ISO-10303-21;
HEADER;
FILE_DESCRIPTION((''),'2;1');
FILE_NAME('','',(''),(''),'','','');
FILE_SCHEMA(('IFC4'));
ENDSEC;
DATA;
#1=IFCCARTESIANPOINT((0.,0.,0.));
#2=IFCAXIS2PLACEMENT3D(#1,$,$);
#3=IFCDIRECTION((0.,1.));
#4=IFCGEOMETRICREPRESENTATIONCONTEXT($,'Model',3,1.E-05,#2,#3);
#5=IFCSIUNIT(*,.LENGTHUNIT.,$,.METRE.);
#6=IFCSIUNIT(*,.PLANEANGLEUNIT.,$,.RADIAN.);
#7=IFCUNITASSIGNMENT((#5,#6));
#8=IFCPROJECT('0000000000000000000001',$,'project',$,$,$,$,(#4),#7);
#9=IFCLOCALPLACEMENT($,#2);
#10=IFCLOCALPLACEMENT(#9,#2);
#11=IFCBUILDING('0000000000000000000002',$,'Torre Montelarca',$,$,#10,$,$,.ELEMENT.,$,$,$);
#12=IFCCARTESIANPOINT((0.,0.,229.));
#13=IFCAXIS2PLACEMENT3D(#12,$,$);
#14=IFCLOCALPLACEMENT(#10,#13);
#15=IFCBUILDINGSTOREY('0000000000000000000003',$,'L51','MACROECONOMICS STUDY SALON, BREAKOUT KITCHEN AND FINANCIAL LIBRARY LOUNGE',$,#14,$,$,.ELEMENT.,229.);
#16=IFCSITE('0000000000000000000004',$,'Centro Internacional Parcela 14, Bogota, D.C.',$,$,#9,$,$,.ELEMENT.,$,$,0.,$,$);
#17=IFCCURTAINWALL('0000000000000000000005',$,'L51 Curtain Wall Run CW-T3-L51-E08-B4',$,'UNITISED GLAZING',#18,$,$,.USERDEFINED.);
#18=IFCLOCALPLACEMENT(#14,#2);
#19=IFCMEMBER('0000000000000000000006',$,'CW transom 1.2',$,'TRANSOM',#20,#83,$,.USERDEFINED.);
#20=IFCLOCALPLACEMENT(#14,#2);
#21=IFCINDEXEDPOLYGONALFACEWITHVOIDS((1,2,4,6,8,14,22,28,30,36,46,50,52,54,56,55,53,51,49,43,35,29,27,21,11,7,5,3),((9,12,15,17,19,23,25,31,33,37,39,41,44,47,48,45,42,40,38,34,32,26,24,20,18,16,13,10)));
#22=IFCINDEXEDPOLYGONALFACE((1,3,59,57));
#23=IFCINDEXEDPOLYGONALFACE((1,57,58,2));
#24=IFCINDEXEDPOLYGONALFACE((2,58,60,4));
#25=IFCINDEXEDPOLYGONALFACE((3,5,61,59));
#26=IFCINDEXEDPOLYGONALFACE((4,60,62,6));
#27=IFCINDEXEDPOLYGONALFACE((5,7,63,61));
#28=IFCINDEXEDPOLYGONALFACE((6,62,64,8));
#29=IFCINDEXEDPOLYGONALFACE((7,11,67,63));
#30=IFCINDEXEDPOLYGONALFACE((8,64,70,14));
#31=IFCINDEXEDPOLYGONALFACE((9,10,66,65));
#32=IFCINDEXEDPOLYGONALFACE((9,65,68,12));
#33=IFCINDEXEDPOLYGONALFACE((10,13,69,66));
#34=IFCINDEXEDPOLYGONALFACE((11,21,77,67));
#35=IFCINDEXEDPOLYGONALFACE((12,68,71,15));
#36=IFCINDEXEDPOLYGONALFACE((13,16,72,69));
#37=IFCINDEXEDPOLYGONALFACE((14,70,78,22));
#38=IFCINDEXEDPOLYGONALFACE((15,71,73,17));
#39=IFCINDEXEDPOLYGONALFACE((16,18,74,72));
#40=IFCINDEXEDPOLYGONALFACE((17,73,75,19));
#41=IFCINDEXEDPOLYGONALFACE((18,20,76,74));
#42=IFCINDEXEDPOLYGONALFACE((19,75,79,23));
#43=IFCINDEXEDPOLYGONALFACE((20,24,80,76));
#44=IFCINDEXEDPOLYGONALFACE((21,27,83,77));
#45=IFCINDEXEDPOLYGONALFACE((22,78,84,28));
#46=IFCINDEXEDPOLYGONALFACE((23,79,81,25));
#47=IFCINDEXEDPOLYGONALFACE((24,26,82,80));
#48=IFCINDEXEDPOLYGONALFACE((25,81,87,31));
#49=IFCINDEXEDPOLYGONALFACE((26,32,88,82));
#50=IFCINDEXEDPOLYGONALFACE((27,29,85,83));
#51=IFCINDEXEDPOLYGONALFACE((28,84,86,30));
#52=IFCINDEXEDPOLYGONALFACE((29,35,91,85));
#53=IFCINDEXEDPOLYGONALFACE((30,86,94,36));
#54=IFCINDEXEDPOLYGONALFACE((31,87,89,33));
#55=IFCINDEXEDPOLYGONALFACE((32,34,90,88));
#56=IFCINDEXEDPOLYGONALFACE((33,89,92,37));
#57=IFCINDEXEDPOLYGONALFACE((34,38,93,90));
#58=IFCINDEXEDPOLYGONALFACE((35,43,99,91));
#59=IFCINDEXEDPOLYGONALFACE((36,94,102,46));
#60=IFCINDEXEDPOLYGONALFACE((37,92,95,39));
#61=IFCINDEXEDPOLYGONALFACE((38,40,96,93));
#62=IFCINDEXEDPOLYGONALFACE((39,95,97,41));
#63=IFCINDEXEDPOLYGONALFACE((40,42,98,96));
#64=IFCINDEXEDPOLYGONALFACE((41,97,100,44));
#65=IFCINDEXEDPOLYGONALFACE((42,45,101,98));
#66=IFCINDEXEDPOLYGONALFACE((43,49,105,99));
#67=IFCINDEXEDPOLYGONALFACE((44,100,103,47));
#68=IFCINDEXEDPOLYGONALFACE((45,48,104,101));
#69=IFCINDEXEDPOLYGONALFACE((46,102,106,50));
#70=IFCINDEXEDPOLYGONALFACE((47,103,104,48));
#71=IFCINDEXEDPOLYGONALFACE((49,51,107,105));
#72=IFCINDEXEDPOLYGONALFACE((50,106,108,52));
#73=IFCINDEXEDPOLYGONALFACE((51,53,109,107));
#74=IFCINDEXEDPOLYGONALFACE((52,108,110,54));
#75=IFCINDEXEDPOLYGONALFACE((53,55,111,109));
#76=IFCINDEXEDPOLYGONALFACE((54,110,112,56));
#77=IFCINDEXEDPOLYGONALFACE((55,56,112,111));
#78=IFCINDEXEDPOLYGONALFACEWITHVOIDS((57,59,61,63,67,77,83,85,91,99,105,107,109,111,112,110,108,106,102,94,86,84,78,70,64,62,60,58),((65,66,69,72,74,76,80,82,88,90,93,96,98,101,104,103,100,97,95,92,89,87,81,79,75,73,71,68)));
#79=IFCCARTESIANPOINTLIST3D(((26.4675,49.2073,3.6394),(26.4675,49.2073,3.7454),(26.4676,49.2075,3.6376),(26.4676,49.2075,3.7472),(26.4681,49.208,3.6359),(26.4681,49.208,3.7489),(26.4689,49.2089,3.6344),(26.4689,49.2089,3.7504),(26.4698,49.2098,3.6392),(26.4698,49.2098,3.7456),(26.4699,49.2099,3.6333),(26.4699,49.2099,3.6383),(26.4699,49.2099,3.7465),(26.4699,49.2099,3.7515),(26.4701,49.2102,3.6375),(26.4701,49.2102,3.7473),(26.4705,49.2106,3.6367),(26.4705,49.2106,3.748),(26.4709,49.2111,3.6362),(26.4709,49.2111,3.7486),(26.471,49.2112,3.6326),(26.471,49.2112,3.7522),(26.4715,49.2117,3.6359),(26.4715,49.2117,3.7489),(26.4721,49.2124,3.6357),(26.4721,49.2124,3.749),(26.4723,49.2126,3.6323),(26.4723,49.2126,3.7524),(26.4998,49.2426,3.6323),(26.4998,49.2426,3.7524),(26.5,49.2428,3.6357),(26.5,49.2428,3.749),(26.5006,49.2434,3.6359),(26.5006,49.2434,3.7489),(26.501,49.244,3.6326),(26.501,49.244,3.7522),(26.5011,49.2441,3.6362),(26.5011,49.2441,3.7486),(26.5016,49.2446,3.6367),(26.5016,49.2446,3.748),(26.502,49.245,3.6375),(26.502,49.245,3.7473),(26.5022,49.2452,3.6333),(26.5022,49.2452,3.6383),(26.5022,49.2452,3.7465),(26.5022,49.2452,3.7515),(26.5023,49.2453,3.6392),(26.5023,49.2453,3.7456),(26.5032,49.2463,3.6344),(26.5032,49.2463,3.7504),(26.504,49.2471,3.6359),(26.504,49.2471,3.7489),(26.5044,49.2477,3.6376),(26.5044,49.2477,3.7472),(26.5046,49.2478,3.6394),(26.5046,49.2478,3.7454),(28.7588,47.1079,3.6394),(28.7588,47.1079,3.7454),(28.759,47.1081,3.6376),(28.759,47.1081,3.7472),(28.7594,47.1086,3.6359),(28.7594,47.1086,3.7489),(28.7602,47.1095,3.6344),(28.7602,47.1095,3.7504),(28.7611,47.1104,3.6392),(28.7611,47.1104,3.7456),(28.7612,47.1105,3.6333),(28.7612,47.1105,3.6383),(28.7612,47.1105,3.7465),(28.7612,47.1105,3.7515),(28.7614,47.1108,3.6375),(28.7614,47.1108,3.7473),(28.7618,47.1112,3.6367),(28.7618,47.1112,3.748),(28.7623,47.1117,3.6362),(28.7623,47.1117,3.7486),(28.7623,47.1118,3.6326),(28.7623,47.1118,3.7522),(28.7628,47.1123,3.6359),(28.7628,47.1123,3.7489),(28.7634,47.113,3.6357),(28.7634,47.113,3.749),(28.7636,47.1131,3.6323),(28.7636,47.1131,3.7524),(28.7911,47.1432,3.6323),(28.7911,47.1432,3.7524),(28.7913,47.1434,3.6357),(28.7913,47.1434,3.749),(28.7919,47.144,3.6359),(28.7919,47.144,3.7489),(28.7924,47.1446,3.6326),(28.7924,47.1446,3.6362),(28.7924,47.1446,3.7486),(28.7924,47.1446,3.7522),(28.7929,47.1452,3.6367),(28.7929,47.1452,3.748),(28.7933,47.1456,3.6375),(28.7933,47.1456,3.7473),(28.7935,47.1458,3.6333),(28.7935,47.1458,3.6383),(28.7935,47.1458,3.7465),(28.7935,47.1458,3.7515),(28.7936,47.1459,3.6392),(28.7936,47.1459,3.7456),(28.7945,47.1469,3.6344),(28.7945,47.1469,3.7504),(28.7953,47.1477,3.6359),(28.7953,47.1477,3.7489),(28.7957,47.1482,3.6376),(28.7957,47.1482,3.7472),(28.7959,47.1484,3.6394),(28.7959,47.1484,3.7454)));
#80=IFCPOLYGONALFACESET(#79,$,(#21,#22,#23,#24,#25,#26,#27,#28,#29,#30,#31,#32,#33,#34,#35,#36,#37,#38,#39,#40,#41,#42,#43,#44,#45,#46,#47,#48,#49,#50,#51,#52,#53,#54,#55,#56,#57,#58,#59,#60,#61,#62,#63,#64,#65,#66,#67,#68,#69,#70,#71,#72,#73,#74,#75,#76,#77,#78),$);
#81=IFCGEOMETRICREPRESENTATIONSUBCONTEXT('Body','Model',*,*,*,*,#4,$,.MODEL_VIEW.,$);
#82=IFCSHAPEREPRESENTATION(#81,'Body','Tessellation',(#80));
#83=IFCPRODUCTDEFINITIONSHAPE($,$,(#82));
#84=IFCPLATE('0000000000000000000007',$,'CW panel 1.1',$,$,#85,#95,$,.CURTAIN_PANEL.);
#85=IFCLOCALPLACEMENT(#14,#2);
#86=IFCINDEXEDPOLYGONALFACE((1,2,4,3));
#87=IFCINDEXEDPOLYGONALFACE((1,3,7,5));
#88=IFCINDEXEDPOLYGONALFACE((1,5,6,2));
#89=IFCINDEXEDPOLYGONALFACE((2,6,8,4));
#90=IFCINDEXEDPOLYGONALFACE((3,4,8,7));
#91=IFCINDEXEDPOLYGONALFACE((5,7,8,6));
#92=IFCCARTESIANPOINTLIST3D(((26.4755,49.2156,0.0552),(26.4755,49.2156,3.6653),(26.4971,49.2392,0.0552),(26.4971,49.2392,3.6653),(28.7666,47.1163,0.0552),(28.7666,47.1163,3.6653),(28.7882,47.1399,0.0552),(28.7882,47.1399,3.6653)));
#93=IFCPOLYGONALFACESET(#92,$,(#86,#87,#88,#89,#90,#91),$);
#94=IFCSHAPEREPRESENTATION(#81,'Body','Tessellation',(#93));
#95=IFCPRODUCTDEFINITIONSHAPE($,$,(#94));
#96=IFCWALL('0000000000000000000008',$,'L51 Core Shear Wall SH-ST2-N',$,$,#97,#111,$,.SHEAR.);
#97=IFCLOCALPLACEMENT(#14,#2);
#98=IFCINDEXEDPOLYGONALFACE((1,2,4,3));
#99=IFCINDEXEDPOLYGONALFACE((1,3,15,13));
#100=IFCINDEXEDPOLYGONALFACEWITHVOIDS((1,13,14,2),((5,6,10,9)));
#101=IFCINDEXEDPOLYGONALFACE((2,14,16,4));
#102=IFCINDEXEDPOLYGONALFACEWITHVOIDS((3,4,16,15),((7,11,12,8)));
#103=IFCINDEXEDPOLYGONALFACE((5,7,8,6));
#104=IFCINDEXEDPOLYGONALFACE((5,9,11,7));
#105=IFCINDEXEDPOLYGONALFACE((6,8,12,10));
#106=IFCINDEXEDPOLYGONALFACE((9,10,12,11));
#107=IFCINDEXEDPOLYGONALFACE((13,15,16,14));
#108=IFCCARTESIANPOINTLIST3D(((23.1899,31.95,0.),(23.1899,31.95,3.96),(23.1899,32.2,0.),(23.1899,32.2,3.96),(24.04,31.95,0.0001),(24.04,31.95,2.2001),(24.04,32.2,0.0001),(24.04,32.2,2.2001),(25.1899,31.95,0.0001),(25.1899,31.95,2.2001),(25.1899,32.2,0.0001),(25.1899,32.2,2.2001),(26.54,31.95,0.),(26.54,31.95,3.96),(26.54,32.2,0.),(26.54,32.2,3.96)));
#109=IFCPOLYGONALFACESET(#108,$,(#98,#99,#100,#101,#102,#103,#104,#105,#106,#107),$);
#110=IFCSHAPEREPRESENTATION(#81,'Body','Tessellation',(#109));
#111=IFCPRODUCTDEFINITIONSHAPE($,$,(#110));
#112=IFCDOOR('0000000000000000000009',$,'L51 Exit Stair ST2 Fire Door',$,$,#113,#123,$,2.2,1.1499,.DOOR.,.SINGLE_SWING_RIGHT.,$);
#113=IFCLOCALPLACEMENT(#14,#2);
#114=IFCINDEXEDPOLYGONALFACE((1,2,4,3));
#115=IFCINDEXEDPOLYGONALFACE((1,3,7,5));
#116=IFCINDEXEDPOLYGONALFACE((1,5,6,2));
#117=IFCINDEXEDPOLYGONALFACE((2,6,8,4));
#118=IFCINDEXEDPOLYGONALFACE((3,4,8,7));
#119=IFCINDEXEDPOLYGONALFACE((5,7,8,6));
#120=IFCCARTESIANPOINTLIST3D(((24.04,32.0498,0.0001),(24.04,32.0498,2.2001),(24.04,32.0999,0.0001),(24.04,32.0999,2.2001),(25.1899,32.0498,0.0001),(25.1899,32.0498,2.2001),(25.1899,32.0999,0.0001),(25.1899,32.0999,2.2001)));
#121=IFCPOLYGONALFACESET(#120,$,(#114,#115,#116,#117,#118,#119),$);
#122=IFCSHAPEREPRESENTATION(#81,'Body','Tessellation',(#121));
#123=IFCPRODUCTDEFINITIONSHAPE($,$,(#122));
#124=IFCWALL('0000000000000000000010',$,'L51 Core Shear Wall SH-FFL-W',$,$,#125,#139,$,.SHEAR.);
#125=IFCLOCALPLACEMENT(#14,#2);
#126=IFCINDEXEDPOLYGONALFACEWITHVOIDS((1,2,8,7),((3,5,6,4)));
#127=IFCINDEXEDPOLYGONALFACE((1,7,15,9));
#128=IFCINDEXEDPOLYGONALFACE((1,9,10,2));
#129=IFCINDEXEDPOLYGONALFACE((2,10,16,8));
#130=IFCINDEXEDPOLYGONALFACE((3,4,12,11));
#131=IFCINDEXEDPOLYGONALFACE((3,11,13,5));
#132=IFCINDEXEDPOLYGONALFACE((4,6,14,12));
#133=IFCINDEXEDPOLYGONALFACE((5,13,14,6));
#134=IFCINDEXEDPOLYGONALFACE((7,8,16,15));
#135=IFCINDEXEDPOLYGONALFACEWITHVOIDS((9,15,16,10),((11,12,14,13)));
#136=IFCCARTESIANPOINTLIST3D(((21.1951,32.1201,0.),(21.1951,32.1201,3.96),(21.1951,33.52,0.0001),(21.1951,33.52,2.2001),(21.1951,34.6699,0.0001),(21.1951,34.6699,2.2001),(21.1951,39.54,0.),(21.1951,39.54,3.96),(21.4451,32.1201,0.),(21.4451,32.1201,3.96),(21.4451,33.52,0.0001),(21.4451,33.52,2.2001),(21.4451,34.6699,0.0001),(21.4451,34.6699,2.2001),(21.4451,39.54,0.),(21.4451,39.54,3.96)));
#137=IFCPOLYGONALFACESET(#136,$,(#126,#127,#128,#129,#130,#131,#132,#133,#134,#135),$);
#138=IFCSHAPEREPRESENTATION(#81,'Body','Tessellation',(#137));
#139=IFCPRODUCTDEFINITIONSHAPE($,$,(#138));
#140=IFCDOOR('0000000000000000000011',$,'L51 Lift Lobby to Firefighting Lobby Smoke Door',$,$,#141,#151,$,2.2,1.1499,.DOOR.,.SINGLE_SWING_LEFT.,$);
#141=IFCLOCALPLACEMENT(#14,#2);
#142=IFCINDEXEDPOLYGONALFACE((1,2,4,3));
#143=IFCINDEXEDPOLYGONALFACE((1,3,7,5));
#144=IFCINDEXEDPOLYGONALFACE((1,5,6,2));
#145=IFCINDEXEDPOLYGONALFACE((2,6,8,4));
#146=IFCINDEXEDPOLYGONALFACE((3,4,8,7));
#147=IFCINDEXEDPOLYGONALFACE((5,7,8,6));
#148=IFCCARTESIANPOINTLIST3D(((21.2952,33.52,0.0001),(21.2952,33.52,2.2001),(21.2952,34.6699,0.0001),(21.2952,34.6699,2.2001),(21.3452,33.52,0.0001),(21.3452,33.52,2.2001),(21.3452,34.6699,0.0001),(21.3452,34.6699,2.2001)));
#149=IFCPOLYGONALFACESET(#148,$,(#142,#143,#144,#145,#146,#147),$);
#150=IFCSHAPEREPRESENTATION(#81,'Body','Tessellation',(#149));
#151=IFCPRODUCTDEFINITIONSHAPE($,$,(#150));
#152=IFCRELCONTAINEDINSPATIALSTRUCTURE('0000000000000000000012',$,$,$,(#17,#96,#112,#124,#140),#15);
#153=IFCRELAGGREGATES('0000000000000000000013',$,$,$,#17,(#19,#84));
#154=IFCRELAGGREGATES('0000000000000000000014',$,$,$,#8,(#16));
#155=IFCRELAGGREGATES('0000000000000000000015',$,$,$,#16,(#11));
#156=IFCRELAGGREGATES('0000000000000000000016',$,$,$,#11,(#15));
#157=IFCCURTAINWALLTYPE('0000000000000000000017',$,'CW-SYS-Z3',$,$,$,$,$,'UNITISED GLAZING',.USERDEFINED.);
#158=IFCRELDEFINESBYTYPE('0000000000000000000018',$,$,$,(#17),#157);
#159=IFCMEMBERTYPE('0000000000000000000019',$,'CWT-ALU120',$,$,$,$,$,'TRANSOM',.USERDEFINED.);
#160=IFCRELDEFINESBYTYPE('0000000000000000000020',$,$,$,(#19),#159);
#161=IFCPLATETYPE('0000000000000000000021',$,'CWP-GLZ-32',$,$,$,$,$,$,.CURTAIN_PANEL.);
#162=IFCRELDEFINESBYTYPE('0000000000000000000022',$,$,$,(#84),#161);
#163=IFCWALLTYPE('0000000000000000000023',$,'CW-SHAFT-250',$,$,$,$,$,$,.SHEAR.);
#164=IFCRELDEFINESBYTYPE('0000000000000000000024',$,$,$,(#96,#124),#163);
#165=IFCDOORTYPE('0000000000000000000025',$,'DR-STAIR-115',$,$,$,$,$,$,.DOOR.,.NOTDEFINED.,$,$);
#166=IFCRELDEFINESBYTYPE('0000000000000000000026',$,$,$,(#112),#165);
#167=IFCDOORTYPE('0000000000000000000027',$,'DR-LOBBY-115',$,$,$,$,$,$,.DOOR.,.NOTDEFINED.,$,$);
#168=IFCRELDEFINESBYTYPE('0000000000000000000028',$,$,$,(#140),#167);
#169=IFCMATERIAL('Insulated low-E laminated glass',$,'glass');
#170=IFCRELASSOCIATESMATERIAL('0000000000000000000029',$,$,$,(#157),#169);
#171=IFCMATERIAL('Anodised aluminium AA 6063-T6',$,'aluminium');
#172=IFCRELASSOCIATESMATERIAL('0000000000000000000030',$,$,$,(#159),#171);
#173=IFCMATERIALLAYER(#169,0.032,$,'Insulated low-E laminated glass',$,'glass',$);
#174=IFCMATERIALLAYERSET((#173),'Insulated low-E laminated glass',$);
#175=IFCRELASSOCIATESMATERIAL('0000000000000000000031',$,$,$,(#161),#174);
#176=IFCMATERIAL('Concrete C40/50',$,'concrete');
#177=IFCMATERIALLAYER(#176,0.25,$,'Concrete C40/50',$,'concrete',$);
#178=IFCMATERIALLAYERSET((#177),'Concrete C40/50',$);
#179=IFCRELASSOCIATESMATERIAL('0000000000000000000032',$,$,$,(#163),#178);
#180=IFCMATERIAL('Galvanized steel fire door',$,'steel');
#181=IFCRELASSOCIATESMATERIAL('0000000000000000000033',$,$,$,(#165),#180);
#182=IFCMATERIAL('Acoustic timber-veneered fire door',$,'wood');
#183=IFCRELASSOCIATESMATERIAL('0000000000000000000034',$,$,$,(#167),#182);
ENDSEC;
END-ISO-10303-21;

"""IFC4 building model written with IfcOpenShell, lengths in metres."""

from ifc_helpers import new_model, si_unit, direction, frame, frame_2d, origin, origin_2d, place, context, subcontext, project, spatial, rectangle, hollow_rectangle, extrude, source, transform, mapped, material, layer, layer_set, material_profile, profile_set, type_object, element, fill, aggregate, save


model = new_model("IFC4")

# Units and contexts
model_context = context("Model", 3, precision=1e-05, world=origin(), true_north=direction((0.0, 1.0)))
body_context = subcontext(model_context, "Body", "Model", "MODEL_VIEW")
ifc_project = project(units=[si_unit("LENGTHUNIT", "METRE"), si_unit("PLANEANGLEUNIT", "RADIAN")], contexts=[model_context])

# Site, building, storey
site_placement = place(None, origin())
site = spatial("IfcSite", under=ifc_project, at=site_placement, Name="Centro Internacional Parcela 14, Bogota, D.C.", CompositionType="ELEMENT", RefElevation=0.0)
building_placement = place(site_placement, origin())
building = spatial("IfcBuilding", under=site, at=building_placement, Name="Torre Montelarca", CompositionType="ELEMENT")
storey_placement = place(building_placement, frame((0.0, 0.0, 229.0)))
storey = spatial("IfcBuildingStorey", under=building, at=storey_placement, Name="L51", Description="MACROECONOMICS STUDY SALON, BREAKOUT KITCHEN AND FINANCIAL LIBRARY LOUNGE", CompositionType="ELEMENT", Elevation=229.0)

# Curtain wall, member, plate
ifc_material_1 = material(Name="Insulated low-E laminated glass", Category="glass")
curtain_wall_type = type_object("IfcCurtainWallType", Name="CW-SYS-Z3", ElementType="UNITISED GLAZING", PredefinedType="USERDEFINED", material=ifc_material_1)
curtain_wall_placement = place(storey_placement, origin())
curtain_wall = element("IfcCurtainWall", 1, at=curtain_wall_placement, inside=storey, type_object=curtain_wall_type, Name="L51 Curtain Wall Run CW-T3-L51-E08-B4", ObjectType="UNITISED GLAZING", PredefinedType="USERDEFINED")
ifc_material_2 = material(Name="Anodised aluminium AA 6063-T6", Category="aluminium")
ifc_material_profile_1 = material_profile(ifc_material_2, hollow_rectangle(XDim=0.0549, YDim=0.1201, WallThickness=0.0034, InnerFilletRadius=0.0034, OuterFilletRadius=0.0071, at=origin_2d()), Name="ALU55X120X3.5", Category="aluminium")
ifc_profile_set_1 = profile_set([ifc_material_profile_1], Name="Anodised aluminium AA 6063-T6")
member_type_1 = type_object("IfcMemberType", Name="CWT-ALU120", ElementType="TRANSOM", PredefinedType="USERDEFINED", material=ifc_profile_set_1)
shared_shape_1 = source(origin(), body_context, "Body", "SweptSolid", [
    extrude(hollow_rectangle(XDim=0.0549, YDim=0.1201, WallThickness=0.0034, InnerFilletRadius=0.0034, OuterFilletRadius=0.0071, at=origin_2d()), origin(), (0.0, 0.0, 1.0), 3.1077),
])
member_1_placement = place(storey_placement, frame((28.7773, 47.1282, 3.6924), z_axis=(-0.737307, 0.675557, 0.0), x_axis=(-0.675557, -0.737307, 0.0)))
member_1 = element("IfcMember", 2, at=member_1_placement, type_object=member_type_1, Name="CW transom 1.2", ObjectType="TRANSOM", PredefinedType="USERDEFINED", context=body_context, shape_type="MappedRepresentation", body=[
    mapped(shared_shape_1, transform((0.0, 0.0, 0.0), scale=1.0)),
])
ifc_layer_1 = layer(ifc_material_1, 0.032, Name="Insulated low-E laminated glass", Category="glass")
ifc_layer_set_1 = layer_set([ifc_layer_1], Name="Insulated low-E laminated glass")
plate_type = type_object("IfcPlateType", Name="CWP-GLZ-32", PredefinedType="CURTAIN_PANEL", material=ifc_layer_set_1)
shared_shape_2 = source(origin(), body_context, "Body", "SweptSolid", [
    extrude(rectangle(XDim=3.1074, YDim=0.032, at=origin_2d()), origin(), (0.0, 0.0, 1.0), 3.6101),
])
plate_placement = place(storey_placement, frame((27.6318, 48.1777, 0.0552), z_axis=(0.0, 0.0, 1.0), x_axis=(-0.73728, 0.675588, 0.0)))
plate = element("IfcPlate", 3, at=plate_placement, type_object=plate_type, Name="CW panel 1.1", PredefinedType="CURTAIN_PANEL", context=body_context, shape_type="MappedRepresentation", body=[
    mapped(shared_shape_2, transform((0.0, 0.0, 0.0), scale=1.0)),
])
aggregate(curtain_wall, [member_1, plate])

# Walls, openings, doors
ifc_material_3 = material(Name="Concrete C40/50", Category="concrete")
ifc_layer_2 = layer(ifc_material_3, 0.25, Name="Concrete C40/50", Category="concrete")
ifc_layer_set_2 = layer_set([ifc_layer_2], Name="Concrete C40/50")
wall_type_1 = type_object("IfcWallType", Name="CW-SHAFT-250", PredefinedType="SHEAR", material=ifc_layer_set_2)
wall_1_placement = place(storey_placement, frame((23.1899, 32.075, 0.0), z_axis=(0.0, 0.0, 1.0), x_axis=(1.0, 0.0, 0.0)))
wall_1 = element("IfcWall", 4, at=wall_1_placement, inside=storey, type_object=wall_type_1, Name="L51 Core Shear Wall SH-ST2-N", PredefinedType="SHEAR", context=body_context, shape_type="SweptSolid", body=[
    extrude(rectangle(XDim=3.3501, YDim=0.25, at=frame_2d((1.675, 0.0))), origin(), (0.0, 0.0, 1.0), 3.96),
])
opening_1_placement = place(wall_1_placement, frame((0.8501, 0.0, 0.0)))
opening_1 = element("IfcOpeningElement", 5, at=opening_1_placement, cuts=wall_1, PredefinedType="OPENING", context=body_context, shape_type="SweptSolid", body=[
    extrude(rectangle(XDim=1.1499, YDim=2.2, at=frame_2d((0.575, 1.1001))), frame((0.0, 0.135, 0.0), z_axis=(0.0, -1.0, 0.0), x_axis=(1.0, 0.0, 0.0)), (0.0, 0.0, 1.0), 0.27),
])
ifc_material_4 = material(Name="Galvanized steel fire door", Category="steel")
door_type_1 = type_object("IfcDoorType", Name="DR-STAIR-115", OperationType="NOTDEFINED", PredefinedType="DOOR", material=ifc_material_4)
shared_shape_3 = source(origin(), body_context, "Body", "SweptSolid", [
    extrude(rectangle(XDim=1.1499, YDim=2.2, at=frame_2d((0.575, 1.1001))), frame((0.0, 0.0249, 0.0), z_axis=(0.0, -1.0, 0.0), x_axis=(1.0, 0.0, 0.0)), (0.0, 0.0, 1.0), 0.05),
])
door_1_placement = place(opening_1_placement, origin())
door_1 = element("IfcDoor", 6, at=door_1_placement, inside=storey, type_object=door_type_1, Name="L51 Exit Stair ST2 Fire Door", OperationType="SINGLE_SWING_RIGHT", OverallHeight=2.2, OverallWidth=1.1499, PredefinedType="DOOR", context=body_context, shape_type="MappedRepresentation", body=[
    mapped(shared_shape_3, transform((0.0, 0.0, 0.0), scale=1.0)),
])
fill(opening_1, door_1)
wall_2_placement = place(storey_placement, frame((21.3201, 32.1201, 0.0), z_axis=(0.0, 0.0, 1.0), x_axis=(0.0, 1.0, 0.0)))
wall_2 = element("IfcWall", 7, at=wall_2_placement, inside=storey, type_object=wall_type_1, Name="L51 Core Shear Wall SH-FFL-W", PredefinedType="SHEAR", context=body_context, shape_type="SweptSolid", body=[
    extrude(rectangle(XDim=7.4199, YDim=0.25, at=frame_2d((3.71, 0.0))), origin(), (0.0, 0.0, 1.0), 3.96),
])
opening_2_placement = place(wall_2_placement, frame((1.3999, 0.0, 0.0)))
opening_2 = element("IfcOpeningElement", 8, at=opening_2_placement, cuts=wall_2, PredefinedType="OPENING", context=body_context, shape_type="SweptSolid", body=[
    extrude(rectangle(XDim=1.1499, YDim=2.2, at=frame_2d((0.575, 1.1001))), frame((0.0, 0.135, 0.0), z_axis=(0.0, -1.0, 0.0), x_axis=(1.0, 0.0, 0.0)), (0.0, 0.0, 1.0), 0.27),
])
ifc_material_5 = material(Name="Acoustic timber-veneered fire door", Category="wood")
door_type_2 = type_object("IfcDoorType", Name="DR-LOBBY-115", OperationType="NOTDEFINED", PredefinedType="DOOR", material=ifc_material_5)
shared_shape_4 = source(origin(), body_context, "Body", "SweptSolid", [
    extrude(rectangle(XDim=1.1499, YDim=2.2, at=frame_2d((0.575, 1.1001))), frame((0.0, 0.0249, 0.0), z_axis=(0.0, -1.0, 0.0), x_axis=(1.0, 0.0, 0.0)), (0.0, 0.0, 1.0), 0.05),
])
door_2_placement = place(opening_2_placement, origin())
door_2 = element("IfcDoor", 9, at=door_2_placement, inside=storey, type_object=door_type_2, Name="L51 Lift Lobby to Firefighting Lobby Smoke Door", OperationType="SINGLE_SWING_LEFT", OverallHeight=2.2, OverallWidth=1.1499, PredefinedType="DOOR", context=body_context, shape_type="MappedRepresentation", body=[
    mapped(shared_shape_4, transform((0.0, 0.0, 0.0), scale=1.0)),
])
fill(opening_2, door_2)

save(model, "model.ifc")
